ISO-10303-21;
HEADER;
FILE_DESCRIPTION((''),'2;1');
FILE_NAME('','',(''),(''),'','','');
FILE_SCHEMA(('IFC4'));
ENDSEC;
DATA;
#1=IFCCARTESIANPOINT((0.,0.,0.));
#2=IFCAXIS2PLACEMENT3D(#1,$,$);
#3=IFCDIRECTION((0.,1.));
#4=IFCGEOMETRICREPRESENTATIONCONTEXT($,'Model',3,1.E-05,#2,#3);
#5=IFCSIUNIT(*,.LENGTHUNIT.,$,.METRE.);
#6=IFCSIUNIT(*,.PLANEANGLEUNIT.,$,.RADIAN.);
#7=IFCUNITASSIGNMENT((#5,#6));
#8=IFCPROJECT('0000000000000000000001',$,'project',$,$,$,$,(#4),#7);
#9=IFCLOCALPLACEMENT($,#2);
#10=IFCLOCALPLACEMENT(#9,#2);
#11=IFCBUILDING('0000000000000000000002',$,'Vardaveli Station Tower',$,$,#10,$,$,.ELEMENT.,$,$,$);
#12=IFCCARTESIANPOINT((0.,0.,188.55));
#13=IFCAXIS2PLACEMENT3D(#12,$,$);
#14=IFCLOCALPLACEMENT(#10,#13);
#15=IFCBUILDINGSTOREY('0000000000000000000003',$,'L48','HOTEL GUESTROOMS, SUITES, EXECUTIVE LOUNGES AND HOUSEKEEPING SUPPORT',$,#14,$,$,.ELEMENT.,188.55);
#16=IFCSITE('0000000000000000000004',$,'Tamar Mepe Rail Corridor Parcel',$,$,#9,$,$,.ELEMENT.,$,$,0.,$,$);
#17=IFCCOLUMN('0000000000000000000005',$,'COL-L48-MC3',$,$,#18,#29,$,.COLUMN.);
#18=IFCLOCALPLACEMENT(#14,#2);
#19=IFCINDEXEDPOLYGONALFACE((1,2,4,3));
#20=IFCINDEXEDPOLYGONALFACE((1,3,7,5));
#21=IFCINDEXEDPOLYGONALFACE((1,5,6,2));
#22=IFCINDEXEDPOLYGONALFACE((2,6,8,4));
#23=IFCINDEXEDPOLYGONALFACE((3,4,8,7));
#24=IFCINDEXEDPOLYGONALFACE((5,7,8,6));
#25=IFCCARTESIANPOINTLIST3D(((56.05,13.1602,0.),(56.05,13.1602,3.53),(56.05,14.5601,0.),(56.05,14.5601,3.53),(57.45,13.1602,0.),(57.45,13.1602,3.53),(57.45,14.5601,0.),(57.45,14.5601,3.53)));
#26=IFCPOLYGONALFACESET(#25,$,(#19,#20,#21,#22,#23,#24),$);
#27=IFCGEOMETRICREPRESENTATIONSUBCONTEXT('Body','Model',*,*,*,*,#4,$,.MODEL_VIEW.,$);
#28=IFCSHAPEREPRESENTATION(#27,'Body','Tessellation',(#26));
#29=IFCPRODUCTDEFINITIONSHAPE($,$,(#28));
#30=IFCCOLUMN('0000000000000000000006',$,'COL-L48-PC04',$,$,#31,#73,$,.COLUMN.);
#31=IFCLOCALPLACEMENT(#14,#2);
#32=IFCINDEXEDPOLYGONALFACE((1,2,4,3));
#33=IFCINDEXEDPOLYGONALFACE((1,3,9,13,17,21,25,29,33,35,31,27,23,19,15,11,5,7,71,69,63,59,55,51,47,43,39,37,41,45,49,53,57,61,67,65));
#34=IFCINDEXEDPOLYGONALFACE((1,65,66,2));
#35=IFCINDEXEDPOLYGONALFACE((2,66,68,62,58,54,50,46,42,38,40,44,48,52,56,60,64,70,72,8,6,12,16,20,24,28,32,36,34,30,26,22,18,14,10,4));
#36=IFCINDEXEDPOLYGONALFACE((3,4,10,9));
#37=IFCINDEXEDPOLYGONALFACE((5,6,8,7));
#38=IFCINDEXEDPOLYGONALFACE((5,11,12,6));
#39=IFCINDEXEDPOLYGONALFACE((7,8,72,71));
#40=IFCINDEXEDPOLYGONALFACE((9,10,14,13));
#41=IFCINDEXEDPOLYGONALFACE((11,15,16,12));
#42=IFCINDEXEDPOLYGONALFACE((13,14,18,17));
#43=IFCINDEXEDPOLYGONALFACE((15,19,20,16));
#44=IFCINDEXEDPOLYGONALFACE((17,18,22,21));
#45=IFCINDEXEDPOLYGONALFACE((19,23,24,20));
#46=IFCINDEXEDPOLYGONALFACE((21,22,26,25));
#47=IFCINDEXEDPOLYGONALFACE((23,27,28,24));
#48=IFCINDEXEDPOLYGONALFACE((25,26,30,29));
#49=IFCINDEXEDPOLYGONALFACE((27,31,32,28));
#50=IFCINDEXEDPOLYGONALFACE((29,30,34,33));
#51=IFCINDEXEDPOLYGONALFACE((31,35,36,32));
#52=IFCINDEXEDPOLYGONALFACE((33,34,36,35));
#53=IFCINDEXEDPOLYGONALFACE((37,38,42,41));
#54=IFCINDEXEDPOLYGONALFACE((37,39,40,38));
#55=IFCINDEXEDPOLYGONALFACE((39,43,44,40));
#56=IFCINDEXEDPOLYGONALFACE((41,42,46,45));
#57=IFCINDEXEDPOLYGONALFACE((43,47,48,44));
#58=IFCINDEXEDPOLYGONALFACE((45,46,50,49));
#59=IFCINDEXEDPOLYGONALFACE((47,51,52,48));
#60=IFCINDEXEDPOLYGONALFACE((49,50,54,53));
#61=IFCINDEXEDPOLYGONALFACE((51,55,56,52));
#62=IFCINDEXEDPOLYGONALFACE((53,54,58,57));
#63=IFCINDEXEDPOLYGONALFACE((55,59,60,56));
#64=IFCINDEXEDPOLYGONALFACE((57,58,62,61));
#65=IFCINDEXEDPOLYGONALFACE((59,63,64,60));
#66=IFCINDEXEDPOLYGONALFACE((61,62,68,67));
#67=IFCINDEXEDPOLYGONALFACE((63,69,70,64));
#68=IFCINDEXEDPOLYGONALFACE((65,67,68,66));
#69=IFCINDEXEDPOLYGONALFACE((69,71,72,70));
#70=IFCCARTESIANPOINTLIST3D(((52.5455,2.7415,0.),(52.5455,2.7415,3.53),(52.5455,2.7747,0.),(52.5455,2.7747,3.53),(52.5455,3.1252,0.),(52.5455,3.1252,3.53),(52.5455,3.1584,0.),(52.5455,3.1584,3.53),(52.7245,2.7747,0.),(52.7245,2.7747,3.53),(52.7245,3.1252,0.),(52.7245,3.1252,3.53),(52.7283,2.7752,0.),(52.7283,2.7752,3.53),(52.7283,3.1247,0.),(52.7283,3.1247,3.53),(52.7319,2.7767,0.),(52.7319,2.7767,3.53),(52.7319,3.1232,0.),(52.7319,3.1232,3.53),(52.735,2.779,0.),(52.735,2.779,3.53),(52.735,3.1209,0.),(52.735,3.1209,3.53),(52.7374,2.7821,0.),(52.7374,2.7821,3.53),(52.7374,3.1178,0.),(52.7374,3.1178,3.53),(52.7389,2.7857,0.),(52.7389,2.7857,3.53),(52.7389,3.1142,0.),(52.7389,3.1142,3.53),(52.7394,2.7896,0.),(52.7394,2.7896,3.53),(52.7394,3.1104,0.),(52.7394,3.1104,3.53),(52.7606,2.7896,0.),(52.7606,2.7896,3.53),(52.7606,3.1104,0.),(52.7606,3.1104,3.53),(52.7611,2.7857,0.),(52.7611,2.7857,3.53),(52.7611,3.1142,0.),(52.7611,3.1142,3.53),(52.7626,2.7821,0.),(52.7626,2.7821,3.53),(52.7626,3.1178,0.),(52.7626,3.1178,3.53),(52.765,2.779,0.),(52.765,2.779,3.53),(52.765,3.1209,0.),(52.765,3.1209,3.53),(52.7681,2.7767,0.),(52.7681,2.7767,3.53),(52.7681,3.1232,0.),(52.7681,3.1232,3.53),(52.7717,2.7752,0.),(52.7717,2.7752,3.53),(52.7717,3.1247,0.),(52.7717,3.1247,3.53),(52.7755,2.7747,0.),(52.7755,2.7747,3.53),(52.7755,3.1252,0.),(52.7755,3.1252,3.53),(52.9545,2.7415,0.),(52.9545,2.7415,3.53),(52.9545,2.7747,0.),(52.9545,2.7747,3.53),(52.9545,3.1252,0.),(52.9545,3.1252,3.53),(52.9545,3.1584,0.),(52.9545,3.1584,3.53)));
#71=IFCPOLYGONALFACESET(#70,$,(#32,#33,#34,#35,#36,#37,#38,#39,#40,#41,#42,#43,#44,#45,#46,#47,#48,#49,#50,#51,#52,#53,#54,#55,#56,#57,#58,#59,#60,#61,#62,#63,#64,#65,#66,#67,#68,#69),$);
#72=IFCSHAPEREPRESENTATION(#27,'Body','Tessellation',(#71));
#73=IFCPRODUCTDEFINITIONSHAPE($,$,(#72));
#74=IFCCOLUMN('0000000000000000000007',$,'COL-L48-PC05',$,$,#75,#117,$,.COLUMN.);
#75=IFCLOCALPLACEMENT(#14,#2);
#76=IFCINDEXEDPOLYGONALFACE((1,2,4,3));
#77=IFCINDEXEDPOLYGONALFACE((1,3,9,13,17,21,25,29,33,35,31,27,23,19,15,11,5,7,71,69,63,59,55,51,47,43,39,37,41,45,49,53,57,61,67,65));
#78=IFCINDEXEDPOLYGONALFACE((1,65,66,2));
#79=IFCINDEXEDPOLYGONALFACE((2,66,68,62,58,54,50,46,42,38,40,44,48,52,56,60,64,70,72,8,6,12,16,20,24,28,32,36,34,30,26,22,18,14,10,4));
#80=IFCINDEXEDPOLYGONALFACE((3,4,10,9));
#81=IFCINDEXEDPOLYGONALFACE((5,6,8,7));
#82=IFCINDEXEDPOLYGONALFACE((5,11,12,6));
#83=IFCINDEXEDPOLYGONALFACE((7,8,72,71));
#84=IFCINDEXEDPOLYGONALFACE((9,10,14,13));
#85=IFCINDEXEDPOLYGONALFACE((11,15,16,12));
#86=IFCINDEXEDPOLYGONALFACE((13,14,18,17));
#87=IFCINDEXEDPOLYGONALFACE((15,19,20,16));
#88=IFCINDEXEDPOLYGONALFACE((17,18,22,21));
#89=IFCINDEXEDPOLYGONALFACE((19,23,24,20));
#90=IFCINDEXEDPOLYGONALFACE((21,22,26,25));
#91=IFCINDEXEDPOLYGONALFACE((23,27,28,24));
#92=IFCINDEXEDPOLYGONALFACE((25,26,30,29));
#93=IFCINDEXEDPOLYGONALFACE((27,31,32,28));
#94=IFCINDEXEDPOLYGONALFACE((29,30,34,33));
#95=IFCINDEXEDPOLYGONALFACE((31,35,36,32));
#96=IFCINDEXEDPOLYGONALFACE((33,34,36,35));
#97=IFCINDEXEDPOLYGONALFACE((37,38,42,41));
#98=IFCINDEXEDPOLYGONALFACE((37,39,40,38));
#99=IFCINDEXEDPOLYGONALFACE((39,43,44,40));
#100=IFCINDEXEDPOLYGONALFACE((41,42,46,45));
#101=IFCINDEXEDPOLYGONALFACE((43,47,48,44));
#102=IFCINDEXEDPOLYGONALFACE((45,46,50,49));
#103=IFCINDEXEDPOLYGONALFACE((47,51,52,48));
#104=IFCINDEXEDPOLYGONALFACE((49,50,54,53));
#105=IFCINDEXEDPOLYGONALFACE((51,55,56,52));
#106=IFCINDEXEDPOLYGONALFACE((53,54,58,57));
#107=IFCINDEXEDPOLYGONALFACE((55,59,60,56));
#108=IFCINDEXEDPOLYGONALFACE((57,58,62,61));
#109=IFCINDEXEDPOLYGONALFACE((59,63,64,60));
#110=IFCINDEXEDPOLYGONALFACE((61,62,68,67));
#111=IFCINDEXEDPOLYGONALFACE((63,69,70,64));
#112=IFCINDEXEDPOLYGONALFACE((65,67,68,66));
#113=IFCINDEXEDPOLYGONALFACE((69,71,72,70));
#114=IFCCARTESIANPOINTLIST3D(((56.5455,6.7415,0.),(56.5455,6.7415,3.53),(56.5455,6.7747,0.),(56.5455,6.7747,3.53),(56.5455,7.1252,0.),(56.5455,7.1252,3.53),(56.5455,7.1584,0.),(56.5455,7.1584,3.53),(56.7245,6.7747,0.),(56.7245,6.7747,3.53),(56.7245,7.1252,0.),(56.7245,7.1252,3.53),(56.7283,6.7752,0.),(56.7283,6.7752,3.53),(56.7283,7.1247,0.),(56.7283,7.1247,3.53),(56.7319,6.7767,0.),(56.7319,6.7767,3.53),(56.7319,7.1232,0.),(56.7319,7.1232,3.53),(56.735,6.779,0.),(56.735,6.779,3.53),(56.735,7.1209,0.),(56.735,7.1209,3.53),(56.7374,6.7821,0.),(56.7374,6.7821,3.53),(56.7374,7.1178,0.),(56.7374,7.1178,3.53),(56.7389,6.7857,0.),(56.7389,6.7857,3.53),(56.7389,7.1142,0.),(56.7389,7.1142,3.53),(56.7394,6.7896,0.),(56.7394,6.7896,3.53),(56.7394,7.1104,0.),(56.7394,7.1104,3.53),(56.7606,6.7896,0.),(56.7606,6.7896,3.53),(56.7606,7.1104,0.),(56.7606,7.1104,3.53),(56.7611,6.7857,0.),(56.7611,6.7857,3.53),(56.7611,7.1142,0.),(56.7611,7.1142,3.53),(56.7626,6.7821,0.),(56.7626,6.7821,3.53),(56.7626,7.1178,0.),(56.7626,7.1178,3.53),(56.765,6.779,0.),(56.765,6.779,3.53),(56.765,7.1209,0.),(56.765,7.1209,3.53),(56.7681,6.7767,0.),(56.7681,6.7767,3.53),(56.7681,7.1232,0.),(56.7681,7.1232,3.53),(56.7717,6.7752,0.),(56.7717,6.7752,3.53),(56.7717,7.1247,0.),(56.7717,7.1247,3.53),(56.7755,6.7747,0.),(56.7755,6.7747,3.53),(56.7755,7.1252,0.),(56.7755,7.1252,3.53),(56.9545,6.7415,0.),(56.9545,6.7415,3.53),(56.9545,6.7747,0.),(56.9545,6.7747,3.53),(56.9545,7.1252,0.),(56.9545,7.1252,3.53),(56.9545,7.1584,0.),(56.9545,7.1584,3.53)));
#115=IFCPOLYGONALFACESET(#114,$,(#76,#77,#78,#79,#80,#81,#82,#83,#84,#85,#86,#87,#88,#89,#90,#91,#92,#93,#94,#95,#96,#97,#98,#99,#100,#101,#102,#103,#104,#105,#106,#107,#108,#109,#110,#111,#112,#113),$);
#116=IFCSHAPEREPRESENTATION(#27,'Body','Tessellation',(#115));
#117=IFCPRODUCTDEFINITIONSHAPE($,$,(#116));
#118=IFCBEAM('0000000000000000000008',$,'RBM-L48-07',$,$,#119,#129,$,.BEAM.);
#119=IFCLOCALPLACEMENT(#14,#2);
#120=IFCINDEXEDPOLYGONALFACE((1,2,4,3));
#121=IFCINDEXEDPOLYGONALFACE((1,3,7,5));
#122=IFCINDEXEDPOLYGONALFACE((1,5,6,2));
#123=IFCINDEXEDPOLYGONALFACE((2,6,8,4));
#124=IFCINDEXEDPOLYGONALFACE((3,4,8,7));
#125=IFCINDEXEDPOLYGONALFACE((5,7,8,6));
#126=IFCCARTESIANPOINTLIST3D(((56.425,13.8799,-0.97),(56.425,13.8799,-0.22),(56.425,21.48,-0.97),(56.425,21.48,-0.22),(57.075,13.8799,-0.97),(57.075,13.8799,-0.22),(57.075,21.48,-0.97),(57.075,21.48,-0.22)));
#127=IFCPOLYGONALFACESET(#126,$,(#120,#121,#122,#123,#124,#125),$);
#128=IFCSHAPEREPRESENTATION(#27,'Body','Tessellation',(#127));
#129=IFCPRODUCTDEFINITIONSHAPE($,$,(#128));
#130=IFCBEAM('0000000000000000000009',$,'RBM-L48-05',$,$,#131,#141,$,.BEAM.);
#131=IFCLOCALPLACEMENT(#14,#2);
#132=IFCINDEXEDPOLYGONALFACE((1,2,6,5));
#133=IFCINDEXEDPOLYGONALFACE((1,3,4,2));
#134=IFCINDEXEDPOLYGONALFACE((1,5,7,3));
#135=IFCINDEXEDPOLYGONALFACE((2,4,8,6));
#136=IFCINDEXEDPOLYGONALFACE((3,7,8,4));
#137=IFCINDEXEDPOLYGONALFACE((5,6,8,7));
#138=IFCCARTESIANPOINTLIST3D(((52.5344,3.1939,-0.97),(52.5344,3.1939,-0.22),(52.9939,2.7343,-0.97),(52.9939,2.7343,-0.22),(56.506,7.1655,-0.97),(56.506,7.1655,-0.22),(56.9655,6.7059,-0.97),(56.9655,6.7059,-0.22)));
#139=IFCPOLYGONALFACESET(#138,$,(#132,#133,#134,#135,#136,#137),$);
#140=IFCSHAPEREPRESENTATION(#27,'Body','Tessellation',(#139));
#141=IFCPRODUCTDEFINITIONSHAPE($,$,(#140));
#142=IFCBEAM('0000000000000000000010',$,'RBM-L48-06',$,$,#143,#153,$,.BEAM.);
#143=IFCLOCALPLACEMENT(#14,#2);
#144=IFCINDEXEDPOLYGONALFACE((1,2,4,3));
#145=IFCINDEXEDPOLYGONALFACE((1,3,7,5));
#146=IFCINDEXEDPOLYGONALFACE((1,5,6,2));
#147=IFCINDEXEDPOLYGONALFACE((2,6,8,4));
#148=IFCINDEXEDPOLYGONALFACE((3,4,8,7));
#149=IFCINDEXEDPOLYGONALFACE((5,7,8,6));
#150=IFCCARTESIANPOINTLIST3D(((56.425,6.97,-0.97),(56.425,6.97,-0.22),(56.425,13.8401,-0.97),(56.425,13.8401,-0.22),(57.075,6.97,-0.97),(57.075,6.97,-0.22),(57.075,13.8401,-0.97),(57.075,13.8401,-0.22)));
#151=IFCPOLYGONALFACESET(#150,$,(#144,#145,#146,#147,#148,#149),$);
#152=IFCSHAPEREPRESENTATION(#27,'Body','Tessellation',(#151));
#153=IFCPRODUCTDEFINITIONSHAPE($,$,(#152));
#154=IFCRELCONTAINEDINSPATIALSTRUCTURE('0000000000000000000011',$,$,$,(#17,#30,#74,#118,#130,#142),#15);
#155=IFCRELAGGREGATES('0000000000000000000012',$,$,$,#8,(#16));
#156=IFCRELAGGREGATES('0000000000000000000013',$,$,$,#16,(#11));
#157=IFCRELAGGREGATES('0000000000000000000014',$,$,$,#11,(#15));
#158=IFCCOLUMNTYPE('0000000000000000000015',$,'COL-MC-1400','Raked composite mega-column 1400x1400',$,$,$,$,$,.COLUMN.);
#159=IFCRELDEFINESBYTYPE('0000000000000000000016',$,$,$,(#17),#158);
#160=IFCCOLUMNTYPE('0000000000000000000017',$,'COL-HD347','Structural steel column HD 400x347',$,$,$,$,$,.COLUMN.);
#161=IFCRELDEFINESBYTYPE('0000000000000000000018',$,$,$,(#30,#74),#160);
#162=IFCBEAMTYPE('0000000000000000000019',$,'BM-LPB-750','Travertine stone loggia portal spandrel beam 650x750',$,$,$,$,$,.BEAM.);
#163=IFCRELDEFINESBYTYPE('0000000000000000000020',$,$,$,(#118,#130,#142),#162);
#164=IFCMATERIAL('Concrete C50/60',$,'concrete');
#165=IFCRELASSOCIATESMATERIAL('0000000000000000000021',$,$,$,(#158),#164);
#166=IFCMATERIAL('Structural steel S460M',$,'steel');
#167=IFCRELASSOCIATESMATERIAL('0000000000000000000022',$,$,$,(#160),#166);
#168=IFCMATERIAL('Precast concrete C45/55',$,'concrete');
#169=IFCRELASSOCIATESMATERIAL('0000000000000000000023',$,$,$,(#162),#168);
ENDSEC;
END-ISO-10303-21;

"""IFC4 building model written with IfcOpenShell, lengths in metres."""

from ifc_helpers import new_model, si_unit, direction, frame, origin, origin_2d, place, context, subcontext, project, spatial, rectangle, i_section, extrude, source, transform, mapped, material, material_profile, profile_set, type_object, element, save


model = new_model("IFC4")

# Units and contexts
model_context = context("Model", 3, precision=1e-05, world=origin(), true_north=direction((0.0, 1.0)))
body_context = subcontext(model_context, "Body", "Model", "MODEL_VIEW")
ifc_project = project(units=[si_unit("LENGTHUNIT", "METRE"), si_unit("PLANEANGLEUNIT", "RADIAN")], contexts=[model_context])

# Site, building, storey
site_placement = place(None, origin())
site = spatial("IfcSite", under=ifc_project, at=site_placement, Name="Tamar Mepe Rail Corridor Parcel", CompositionType="ELEMENT", RefElevation=0.0)
building_placement = place(site_placement, origin())
building = spatial("IfcBuilding", under=site, at=building_placement, Name="Vardaveli Station Tower", CompositionType="ELEMENT")
storey_placement = place(building_placement, frame((0.0, 0.0, 188.55)))
storey = spatial("IfcBuildingStorey", under=building, at=storey_placement, Name="L48", Description="HOTEL GUESTROOMS, SUITES, EXECUTIVE LOUNGES AND HOUSEKEEPING SUPPORT", CompositionType="ELEMENT", Elevation=188.55)

# Columns
ifc_material_1 = material(Name="Concrete C50/60", Category="concrete")
ifc_material_profile_1 = material_profile(ifc_material_1, rectangle(XDim=1.3999, YDim=1.3999, at=origin_2d()), Name="MC 1400x1400")
ifc_profile_set_1 = profile_set([ifc_material_profile_1], Name="Concrete C50/60")
column_type_1 = type_object("IfcColumnType", Name="COL-MC-1400", Description="Raked composite mega-column 1400x1400", PredefinedType="COLUMN", material=ifc_profile_set_1)
shared_shape_1 = source(origin(), body_context, "Body", "SweptSolid", [
    extrude(rectangle(XDim=1.3999, YDim=1.3999, at=origin_2d()), origin(), (0.0, 0.0, 1.0), 3.53),
])
column_placement = place(storey_placement, frame((56.75, 13.8601, 0.0), z_axis=(0.0, 0.0, 1.0), x_axis=(1.0, 0.0, 0.0)))
element("IfcColumn", 1, at=column_placement, inside=storey, type_object=column_type_1, Name="COL-L48-MC3", PredefinedType="COLUMN", context=body_context, shape_type="MappedRepresentation", body=[
    mapped(shared_shape_1, transform((0.0, 0.0, 0.0), scale=1.0)),
])
ifc_material_2 = material(Name="Structural steel S460M", Category="steel")
ifc_material_profile_2 = material_profile(ifc_material_2, i_section(OverallWidth=0.4089, OverallDepth=0.417, WebThickness=0.0212, FlangeThickness=0.0332, FilletRadius=0.0149, at=origin_2d()), Name="HD 400x347")
ifc_profile_set_2 = profile_set([ifc_material_profile_2], Name="Structural steel S460M")
column_type_2 = type_object("IfcColumnType", Name="COL-HD347", Description="Structural steel column HD 400x347", PredefinedType="COLUMN", material=ifc_profile_set_2)
shared_shape_2 = source(origin(), body_context, "Body", "SweptSolid", [
    extrude(i_section(OverallWidth=0.4089, OverallDepth=0.417, WebThickness=0.0212, FlangeThickness=0.0332, FilletRadius=0.0149, at=origin_2d()), origin(), (0.0, 0.0, 1.0), 3.53),
])
for number, where, z_axis, x_axis, name in (
    (2, (52.75, 2.95, 0.0), (0.0, 0.0, 1.0), (1.0, 0.0, 0.0), "COL-L48-PC04"),
    (3, (56.75, 6.95, 0.0), (0.0, 0.0, 1.0), (1.0, 0.0, 0.0), "COL-L48-PC05"),
):
    element("IfcColumn", number, at=place(storey_placement, frame(where, z_axis=z_axis, x_axis=x_axis)), inside=storey, type_object=column_type_2, Name=name, PredefinedType="COLUMN", context=body_context, shape_type="MappedRepresentation", body=[
        mapped(shared_shape_2, transform((0.0, 0.0, 0.0), scale=1.0)),
    ])

# Beams
ifc_material_3 = material(Name="Precast concrete C45/55", Category="concrete")
ifc_material_profile_3 = material_profile(ifc_material_3, rectangle(XDim=0.6499, YDim=0.75, at=origin_2d()), Name="LPB 650x750")
ifc_profile_set_3 = profile_set([ifc_material_profile_3], Name="Precast concrete C45/55")
beam_type_1 = type_object("IfcBeamType", Name="BM-LPB-750", Description="Travertine stone loggia portal spandrel beam 650x750", PredefinedType="BEAM", material=ifc_profile_set_3)
shared_shape_3 = source(origin(), body_context, "Body", "SweptSolid", [
    extrude(rectangle(XDim=0.6499, YDim=0.75, at=origin_2d()), origin(), (0.0, 0.0, 1.0), 7.6001),
])
beam_1_placement = place(storey_placement, frame((56.75, 13.8799, -0.595), z_axis=(0.0, 1.0, 0.0), x_axis=(-1.0, 0.0, 0.0)))
element("IfcBeam", 4, at=beam_1_placement, inside=storey, type_object=beam_type_1, Name="RBM-L48-07", PredefinedType="BEAM", context=body_context, shape_type="MappedRepresentation", body=[
    mapped(shared_shape_3, transform((0.0, 0.0, 0.0), scale=1.0)),
])
shared_shape_4 = source(origin(), body_context, "Body", "SweptSolid", [
    extrude(rectangle(XDim=0.6499, YDim=0.75, at=origin_2d()), origin(), (0.0, 0.0, 1.0), 5.6167),
])
beam_2_placement = place(storey_placement, frame((52.7642, 2.9641, -0.595), z_axis=(0.707107, 0.707107, 0.0), x_axis=(-0.707107, 0.707107, 0.0)))
element("IfcBeam", 5, at=beam_2_placement, inside=storey, type_object=beam_type_1, Name="RBM-L48-05", PredefinedType="BEAM", context=body_context, shape_type="MappedRepresentation", body=[
    mapped(shared_shape_4, transform((0.0, 0.0, 0.0), scale=1.0)),
])
shared_shape_5 = source(origin(), body_context, "Body", "SweptSolid", [
    extrude(rectangle(XDim=0.6499, YDim=0.75, at=origin_2d()), origin(), (0.0, 0.0, 1.0), 6.8701),
])
beam_3_placement = place(storey_placement, frame((56.75, 6.97, -0.595), z_axis=(0.0, 1.0, 0.0), x_axis=(-1.0, 0.0, 0.0)))
element("IfcBeam", 6, at=beam_3_placement, inside=storey, type_object=beam_type_1, Name="RBM-L48-06", PredefinedType="BEAM", context=body_context, shape_type="MappedRepresentation", body=[
    mapped(shared_shape_5, transform((0.0, 0.0, 0.0), scale=1.0)),
])

save(model, "model.ifc")
